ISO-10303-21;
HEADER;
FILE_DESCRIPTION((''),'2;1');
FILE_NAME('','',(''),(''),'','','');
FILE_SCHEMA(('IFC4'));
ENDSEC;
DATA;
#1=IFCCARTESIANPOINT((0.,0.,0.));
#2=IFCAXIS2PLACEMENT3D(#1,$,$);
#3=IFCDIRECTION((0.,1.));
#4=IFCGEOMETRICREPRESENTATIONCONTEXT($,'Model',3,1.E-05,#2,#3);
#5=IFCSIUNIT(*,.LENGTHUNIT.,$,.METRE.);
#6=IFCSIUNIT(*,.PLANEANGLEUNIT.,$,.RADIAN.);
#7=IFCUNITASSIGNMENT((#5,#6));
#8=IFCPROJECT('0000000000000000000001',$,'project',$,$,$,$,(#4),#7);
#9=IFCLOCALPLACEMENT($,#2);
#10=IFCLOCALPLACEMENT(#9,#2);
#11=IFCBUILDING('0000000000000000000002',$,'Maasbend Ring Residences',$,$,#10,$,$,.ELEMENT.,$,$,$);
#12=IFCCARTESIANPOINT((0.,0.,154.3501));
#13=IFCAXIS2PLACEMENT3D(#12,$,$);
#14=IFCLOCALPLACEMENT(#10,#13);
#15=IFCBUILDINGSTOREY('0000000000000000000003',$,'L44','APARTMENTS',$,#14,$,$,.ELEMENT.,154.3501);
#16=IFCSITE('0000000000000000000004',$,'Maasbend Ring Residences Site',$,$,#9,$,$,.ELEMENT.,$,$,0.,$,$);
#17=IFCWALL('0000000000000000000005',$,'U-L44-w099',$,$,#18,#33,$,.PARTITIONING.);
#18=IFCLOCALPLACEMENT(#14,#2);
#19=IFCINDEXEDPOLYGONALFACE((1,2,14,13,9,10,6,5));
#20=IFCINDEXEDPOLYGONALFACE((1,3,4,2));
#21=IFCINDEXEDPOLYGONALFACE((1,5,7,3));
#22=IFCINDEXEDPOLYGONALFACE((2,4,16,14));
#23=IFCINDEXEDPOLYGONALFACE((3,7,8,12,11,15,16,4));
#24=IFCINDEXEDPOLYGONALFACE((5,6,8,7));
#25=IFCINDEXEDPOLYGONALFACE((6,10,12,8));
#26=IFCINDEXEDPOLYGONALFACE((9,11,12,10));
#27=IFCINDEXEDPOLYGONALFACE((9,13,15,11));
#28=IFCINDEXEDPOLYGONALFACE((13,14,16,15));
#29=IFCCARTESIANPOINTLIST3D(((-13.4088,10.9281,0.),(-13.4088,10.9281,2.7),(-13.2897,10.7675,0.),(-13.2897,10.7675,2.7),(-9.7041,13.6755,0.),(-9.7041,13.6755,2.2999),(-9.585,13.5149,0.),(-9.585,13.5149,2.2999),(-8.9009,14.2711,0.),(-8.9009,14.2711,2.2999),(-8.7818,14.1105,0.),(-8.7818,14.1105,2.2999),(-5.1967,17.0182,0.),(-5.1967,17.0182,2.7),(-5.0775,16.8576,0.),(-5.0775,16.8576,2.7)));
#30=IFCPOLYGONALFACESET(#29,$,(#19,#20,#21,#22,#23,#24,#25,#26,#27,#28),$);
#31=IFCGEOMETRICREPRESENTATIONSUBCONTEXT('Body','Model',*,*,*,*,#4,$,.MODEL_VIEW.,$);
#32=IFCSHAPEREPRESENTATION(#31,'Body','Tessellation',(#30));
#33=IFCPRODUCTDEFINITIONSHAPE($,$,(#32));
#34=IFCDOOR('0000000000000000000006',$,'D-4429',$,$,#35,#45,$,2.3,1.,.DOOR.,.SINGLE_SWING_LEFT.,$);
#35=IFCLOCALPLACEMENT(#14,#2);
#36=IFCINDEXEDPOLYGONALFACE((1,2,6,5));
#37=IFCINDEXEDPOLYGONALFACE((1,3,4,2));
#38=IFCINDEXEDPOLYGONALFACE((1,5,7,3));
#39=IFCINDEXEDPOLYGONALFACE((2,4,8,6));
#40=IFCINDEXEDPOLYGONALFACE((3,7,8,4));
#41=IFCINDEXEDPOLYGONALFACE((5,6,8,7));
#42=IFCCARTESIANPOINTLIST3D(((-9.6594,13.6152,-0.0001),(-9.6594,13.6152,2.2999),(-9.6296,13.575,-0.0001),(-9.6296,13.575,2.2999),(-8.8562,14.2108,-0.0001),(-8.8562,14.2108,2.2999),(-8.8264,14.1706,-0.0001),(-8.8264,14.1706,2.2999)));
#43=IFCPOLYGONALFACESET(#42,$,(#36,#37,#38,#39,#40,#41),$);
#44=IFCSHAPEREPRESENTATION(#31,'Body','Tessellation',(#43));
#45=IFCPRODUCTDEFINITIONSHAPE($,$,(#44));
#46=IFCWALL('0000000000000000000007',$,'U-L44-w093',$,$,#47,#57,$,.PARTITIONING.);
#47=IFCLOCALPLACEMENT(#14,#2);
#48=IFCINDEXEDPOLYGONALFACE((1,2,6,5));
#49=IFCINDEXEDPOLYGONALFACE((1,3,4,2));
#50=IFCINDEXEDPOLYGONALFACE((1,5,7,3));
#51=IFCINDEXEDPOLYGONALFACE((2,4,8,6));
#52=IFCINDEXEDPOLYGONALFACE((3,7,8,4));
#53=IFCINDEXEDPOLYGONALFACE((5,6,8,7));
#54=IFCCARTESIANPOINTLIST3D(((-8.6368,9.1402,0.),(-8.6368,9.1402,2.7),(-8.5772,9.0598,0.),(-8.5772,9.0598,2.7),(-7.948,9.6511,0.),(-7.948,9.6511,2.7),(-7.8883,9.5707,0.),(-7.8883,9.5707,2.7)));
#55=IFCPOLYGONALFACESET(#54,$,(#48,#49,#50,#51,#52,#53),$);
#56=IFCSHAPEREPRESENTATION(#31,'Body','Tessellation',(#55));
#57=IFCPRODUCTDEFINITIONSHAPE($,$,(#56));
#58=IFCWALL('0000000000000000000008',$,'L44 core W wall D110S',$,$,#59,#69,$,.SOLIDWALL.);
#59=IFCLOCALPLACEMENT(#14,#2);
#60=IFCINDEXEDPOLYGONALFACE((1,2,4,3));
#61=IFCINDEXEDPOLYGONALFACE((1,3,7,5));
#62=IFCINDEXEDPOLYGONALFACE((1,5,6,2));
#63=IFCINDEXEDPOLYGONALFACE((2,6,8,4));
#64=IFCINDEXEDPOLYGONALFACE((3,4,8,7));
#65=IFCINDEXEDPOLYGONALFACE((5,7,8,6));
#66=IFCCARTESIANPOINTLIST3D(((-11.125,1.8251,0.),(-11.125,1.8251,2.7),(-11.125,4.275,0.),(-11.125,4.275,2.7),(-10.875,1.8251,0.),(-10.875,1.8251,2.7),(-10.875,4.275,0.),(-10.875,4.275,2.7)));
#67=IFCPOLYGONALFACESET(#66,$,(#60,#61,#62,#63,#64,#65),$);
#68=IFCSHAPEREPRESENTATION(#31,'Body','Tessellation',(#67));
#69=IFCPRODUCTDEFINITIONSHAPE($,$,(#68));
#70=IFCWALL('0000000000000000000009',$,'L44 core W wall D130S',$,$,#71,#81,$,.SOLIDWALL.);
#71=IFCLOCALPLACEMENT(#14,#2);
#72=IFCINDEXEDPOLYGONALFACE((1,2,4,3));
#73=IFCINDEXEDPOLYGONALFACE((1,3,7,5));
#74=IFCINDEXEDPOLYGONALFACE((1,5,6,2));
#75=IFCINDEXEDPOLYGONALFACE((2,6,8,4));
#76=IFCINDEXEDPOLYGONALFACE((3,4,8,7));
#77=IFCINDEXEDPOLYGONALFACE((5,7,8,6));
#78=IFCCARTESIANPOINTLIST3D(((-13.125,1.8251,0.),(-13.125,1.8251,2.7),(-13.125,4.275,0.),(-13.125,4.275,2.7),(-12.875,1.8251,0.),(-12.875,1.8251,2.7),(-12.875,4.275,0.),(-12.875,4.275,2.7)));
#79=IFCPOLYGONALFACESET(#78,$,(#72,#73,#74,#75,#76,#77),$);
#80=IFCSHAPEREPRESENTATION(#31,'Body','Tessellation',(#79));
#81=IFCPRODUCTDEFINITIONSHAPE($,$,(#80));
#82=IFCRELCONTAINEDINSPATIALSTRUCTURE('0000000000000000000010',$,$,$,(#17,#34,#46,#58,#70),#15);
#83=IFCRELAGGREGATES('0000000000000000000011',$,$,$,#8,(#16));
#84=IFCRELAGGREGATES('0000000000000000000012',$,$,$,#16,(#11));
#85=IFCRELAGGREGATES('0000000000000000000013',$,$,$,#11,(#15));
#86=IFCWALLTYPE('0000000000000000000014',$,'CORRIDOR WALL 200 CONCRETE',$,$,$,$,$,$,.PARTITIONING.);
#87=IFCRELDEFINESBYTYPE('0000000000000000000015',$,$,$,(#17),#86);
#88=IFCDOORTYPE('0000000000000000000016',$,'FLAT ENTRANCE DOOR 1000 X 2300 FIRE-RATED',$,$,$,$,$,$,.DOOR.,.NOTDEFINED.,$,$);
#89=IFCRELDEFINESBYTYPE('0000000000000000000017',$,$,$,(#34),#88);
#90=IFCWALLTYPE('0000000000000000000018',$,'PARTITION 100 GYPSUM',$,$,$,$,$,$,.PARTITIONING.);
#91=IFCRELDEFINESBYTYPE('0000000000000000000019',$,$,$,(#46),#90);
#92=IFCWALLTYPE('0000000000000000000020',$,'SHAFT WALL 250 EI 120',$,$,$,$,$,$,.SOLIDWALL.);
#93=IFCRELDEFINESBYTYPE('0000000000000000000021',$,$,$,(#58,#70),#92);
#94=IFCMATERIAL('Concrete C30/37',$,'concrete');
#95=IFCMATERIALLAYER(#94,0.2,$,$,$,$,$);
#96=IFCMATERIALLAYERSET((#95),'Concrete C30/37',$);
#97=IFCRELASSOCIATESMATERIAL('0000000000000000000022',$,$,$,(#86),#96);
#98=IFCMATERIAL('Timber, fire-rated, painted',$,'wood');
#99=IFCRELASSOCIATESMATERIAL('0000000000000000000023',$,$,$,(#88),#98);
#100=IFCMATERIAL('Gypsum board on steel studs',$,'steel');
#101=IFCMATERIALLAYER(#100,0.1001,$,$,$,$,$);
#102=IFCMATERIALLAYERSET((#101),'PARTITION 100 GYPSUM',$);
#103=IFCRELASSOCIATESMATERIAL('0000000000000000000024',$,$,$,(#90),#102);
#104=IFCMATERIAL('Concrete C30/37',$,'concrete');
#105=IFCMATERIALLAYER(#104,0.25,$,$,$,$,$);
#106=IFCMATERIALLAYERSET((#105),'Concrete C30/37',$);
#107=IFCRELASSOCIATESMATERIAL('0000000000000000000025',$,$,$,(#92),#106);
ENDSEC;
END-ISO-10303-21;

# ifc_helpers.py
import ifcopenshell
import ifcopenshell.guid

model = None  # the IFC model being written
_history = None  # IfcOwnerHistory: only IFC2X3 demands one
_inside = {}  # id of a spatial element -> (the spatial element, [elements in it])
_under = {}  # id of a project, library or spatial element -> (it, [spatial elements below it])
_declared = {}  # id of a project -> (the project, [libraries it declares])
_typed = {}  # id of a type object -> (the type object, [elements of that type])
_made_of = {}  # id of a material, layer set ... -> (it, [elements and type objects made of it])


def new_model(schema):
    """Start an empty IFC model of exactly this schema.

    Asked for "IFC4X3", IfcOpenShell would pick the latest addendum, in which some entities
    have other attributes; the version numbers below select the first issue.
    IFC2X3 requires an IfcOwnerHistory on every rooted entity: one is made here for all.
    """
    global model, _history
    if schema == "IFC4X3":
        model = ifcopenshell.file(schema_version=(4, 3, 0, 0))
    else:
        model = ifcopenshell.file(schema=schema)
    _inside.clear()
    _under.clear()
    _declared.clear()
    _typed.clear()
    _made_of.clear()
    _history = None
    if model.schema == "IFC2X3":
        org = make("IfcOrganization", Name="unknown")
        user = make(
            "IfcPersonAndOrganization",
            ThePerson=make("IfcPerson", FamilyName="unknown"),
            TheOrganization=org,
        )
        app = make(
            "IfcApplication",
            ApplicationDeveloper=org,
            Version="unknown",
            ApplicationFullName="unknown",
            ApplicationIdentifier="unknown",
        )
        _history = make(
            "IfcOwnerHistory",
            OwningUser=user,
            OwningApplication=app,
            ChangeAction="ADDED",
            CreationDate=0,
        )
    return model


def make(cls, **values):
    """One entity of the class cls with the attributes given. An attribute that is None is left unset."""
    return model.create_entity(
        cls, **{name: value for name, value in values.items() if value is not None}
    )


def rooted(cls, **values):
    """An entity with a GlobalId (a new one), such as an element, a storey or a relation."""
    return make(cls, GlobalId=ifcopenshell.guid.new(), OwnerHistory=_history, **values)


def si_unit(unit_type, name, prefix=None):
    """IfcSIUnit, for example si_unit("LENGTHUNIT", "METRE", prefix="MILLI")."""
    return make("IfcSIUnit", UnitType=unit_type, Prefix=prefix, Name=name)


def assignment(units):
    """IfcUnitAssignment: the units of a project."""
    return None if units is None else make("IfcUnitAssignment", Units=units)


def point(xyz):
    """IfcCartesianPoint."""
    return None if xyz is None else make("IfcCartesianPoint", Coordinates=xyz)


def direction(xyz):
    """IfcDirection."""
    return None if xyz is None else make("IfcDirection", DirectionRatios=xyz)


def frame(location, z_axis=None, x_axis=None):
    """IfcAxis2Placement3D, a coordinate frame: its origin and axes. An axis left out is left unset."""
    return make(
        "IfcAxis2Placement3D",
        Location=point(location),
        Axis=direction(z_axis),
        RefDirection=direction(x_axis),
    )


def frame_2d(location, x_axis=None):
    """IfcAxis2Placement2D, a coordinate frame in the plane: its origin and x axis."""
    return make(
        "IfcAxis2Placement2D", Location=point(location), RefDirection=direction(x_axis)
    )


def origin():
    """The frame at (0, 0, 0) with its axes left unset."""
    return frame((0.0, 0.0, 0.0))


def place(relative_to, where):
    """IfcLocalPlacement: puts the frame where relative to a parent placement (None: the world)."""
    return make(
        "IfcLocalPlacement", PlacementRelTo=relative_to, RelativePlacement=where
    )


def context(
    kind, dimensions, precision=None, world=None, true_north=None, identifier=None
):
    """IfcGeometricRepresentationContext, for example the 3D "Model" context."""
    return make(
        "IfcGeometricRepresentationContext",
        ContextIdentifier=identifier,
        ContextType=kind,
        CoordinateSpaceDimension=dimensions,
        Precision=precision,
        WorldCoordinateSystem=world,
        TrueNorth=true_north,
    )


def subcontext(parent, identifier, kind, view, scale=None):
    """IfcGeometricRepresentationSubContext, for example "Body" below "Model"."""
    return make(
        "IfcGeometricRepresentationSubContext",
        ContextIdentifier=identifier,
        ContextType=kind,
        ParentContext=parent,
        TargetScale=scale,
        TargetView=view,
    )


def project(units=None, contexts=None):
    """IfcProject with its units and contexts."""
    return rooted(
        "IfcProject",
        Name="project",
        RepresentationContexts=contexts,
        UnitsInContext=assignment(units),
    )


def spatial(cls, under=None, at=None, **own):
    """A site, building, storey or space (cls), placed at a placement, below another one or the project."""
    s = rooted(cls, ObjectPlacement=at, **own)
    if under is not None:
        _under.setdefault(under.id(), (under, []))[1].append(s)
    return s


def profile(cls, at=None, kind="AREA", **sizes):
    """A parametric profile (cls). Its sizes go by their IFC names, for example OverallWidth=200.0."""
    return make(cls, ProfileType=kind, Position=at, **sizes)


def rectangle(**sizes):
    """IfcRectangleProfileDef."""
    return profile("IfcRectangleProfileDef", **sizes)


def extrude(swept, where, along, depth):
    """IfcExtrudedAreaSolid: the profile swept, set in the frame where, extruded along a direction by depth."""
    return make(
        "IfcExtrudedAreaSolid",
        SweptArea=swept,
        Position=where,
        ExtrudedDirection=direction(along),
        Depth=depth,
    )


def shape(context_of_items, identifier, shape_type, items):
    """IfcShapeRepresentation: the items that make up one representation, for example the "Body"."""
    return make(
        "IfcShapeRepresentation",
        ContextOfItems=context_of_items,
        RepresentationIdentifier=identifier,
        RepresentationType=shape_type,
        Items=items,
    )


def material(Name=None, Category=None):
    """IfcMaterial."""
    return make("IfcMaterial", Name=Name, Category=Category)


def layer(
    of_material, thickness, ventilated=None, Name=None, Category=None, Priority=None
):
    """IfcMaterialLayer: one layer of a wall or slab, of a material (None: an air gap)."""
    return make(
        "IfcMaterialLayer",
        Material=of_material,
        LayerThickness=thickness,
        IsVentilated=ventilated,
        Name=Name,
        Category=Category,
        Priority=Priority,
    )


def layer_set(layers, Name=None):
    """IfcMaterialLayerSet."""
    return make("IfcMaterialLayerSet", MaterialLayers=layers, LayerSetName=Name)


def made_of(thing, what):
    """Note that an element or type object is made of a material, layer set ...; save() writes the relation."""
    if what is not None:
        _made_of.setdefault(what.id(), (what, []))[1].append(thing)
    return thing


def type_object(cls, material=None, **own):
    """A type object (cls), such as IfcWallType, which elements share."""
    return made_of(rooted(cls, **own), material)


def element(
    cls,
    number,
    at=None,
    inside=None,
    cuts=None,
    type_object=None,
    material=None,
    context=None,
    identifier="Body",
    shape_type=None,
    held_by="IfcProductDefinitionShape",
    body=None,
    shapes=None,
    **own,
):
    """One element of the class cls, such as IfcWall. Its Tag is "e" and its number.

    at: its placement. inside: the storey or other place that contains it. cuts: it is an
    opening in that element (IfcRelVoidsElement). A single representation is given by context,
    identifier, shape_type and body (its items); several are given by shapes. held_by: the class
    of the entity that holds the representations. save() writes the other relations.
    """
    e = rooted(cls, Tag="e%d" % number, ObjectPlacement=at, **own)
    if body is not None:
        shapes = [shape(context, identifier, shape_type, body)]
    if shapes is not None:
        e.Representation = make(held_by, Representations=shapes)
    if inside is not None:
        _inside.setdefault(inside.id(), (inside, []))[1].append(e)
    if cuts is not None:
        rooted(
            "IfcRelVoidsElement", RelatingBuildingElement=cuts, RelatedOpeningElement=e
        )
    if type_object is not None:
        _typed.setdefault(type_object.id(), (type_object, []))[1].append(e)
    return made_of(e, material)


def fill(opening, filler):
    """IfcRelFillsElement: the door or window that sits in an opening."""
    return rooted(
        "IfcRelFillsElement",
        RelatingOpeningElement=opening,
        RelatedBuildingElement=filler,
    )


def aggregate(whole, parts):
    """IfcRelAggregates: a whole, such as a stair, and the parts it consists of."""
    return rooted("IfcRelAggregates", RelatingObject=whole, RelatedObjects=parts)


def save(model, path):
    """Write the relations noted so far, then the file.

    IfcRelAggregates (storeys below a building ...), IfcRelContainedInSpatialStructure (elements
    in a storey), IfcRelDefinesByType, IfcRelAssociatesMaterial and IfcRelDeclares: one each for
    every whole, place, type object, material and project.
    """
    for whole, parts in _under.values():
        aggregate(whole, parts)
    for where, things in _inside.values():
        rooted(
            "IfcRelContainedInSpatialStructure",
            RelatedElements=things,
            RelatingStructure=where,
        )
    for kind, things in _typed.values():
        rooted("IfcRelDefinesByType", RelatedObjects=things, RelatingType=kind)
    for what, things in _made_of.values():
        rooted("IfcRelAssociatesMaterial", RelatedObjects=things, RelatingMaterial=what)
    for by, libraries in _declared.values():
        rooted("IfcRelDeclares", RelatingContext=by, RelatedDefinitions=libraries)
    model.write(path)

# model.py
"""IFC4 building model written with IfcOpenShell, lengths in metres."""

from ifc_helpers import new_model, si_unit, direction, frame, frame_2d, origin, place, context, subcontext, project, spatial, rectangle, extrude, material, layer, layer_set, type_object, element, fill, save


model = new_model("IFC4")

# Units and contexts
model_context = context("Model", 3, precision=1e-05, world=origin(), true_north=direction((0.0, 1.0)))
body_context = subcontext(model_context, "Body", "Model", "MODEL_VIEW")
ifc_project = project(units=[si_unit("LENGTHUNIT", "METRE"), si_unit("PLANEANGLEUNIT", "RADIAN")], contexts=[model_context])

# Site, building, storey
site_placement = place(None, origin())
site = spatial("IfcSite", under=ifc_project, at=site_placement, Name="Maasbend Ring Residences Site", CompositionType="ELEMENT", RefElevation=0.0)
building_placement = place(site_placement, origin())
building = spatial("IfcBuilding", under=site, at=building_placement, Name="Maasbend Ring Residences", CompositionType="ELEMENT")
storey_placement = place(building_placement, frame((0.0, 0.0, 154.3501)))
storey = spatial("IfcBuildingStorey", under=building, at=storey_placement, Name="L44", Description="APARTMENTS", CompositionType="ELEMENT", Elevation=154.3501)

# Wall, opening, door
ifc_material_1 = material(Name="Concrete C30/37", Category="concrete")
ifc_layer_1 = layer(ifc_material_1, 0.2)
ifc_layer_set_1 = layer_set([ifc_layer_1], Name="Concrete C30/37")
wall_type_1 = type_object("IfcWallType", Name="CORRIDOR WALL 200 CONCRETE", PredefinedType="PARTITIONING", material=ifc_layer_set_1)
wall_1_placement = place(storey_placement, frame((-13.3491, 10.8479, 0.0), z_axis=(0.0, 0.0, 1.0), x_axis=(0.803229, 0.59567, 0.0)))
wall_1 = element("IfcWall", 1, at=wall_1_placement, inside=storey, type_object=wall_type_1, Name="U-L44-w099", PredefinedType="PARTITIONING", context=body_context, shape_type="SweptSolid", body=[
    extrude(rectangle(XDim=10.2239, YDim=0.2, at=frame_2d((5.1118, 0.0))), origin(), (0.0, 0.0, 1.0), 2.7),
])
opening_1_placement = place(wall_1_placement, frame((4.6121, 0.0, 0.0)))
opening_1 = element("IfcOpeningElement", 2, at=opening_1_placement, cuts=wall_1, PredefinedType="OPENING", context=body_context, shape_type="SweptSolid", body=[
    extrude(rectangle(XDim=1.0, YDim=2.3, at=frame_2d((0.5, 1.1499))), frame((0.0, 0.1099, 0.0), z_axis=(0.0, -1.0, 0.0), x_axis=(1.0, 0.0, 0.0)), (0.0, 0.0, 1.0), 0.22),
])
ifc_material_2 = material(Name="Timber, fire-rated, painted", Category="wood")
door_type_1 = type_object("IfcDoorType", Name="FLAT ENTRANCE DOOR 1000 X 2300 FIRE-RATED", OperationType="NOTDEFINED", PredefinedType="DOOR", material=ifc_material_2)
door_1_placement = place(opening_1_placement, origin())
door_1 = element("IfcDoor", 3, at=door_1_placement, inside=storey, type_object=door_type_1, Name="D-4429", OperationType="SINGLE_SWING_LEFT", OverallHeight=2.3, OverallWidth=1.0, PredefinedType="DOOR", context=body_context, shape_type="SweptSolid", body=[
    extrude(rectangle(XDim=1.0, YDim=2.3, at=frame_2d((0.5, 1.1499))), frame((0.0, 0.0249, 0.0), z_axis=(0.0, -1.0, 0.0), x_axis=(1.0, 0.0, 0.0)), (0.0, 0.0, 1.0), 0.05),
])
fill(opening_1, door_1)

# Walls
ifc_material_3 = material(Name="Gypsum board on steel studs", Category="steel")
ifc_layer_2 = layer(ifc_material_3, 0.1001)
ifc_layer_set_2 = layer_set([ifc_layer_2], Name="PARTITION 100 GYPSUM")
wall_type_2 = type_object("IfcWallType", Name="PARTITION 100 GYPSUM", PredefinedType="PARTITIONING", material=ifc_layer_set_2)
wall_2_placement = place(storey_placement, frame((-8.6069, 9.1001, 0.0), z_axis=(0.0, 0.0, 1.0), x_axis=(0.803199, 0.595711, 0.0)))
element("IfcWall", 4, at=wall_2_placement, inside=storey, type_object=wall_type_2, Name="U-L44-w093", PredefinedType="PARTITIONING", context=body_context, shape_type="SweptSolid", body=[
    extrude(rectangle(XDim=0.8577, YDim=0.1001, at=frame_2d((0.4287, 0.0))), origin(), (0.0, 0.0, 1.0), 2.7),
])
ifc_material_4 = material(Name="Concrete C30/37", Category="concrete")
ifc_layer_3 = layer(ifc_material_4, 0.25)
ifc_layer_set_3 = layer_set([ifc_layer_3], Name="Concrete C30/37")
wall_type_3 = type_object("IfcWallType", Name="SHAFT WALL 250 EI 120", PredefinedType="SOLIDWALL", material=ifc_layer_set_3)
for number, where, z_axis, x_axis, name in (
    (5, (-11.0, 1.825, 0.0), (0.0, 0.0, 1.0), (0.0, 1.0, 0.0), "L44 core W wall D110S"),
    (6, (-13.0, 1.825, 0.0), (0.0, 0.0, 1.0), (0.0, 1.0, 0.0), "L44 core W wall D130S"),
):
    element("IfcWall", number, at=place(storey_placement, frame(where, z_axis=z_axis, x_axis=x_axis)), inside=storey, type_object=wall_type_3, Name=name, PredefinedType="SOLIDWALL", context=body_context, shape_type="SweptSolid", body=[
        extrude(rectangle(XDim=2.45, YDim=0.25, at=frame_2d((1.2251, 0.0))), origin(), (0.0, 0.0, 1.0), 2.7),
    ])

save(model, "model.ifc")
